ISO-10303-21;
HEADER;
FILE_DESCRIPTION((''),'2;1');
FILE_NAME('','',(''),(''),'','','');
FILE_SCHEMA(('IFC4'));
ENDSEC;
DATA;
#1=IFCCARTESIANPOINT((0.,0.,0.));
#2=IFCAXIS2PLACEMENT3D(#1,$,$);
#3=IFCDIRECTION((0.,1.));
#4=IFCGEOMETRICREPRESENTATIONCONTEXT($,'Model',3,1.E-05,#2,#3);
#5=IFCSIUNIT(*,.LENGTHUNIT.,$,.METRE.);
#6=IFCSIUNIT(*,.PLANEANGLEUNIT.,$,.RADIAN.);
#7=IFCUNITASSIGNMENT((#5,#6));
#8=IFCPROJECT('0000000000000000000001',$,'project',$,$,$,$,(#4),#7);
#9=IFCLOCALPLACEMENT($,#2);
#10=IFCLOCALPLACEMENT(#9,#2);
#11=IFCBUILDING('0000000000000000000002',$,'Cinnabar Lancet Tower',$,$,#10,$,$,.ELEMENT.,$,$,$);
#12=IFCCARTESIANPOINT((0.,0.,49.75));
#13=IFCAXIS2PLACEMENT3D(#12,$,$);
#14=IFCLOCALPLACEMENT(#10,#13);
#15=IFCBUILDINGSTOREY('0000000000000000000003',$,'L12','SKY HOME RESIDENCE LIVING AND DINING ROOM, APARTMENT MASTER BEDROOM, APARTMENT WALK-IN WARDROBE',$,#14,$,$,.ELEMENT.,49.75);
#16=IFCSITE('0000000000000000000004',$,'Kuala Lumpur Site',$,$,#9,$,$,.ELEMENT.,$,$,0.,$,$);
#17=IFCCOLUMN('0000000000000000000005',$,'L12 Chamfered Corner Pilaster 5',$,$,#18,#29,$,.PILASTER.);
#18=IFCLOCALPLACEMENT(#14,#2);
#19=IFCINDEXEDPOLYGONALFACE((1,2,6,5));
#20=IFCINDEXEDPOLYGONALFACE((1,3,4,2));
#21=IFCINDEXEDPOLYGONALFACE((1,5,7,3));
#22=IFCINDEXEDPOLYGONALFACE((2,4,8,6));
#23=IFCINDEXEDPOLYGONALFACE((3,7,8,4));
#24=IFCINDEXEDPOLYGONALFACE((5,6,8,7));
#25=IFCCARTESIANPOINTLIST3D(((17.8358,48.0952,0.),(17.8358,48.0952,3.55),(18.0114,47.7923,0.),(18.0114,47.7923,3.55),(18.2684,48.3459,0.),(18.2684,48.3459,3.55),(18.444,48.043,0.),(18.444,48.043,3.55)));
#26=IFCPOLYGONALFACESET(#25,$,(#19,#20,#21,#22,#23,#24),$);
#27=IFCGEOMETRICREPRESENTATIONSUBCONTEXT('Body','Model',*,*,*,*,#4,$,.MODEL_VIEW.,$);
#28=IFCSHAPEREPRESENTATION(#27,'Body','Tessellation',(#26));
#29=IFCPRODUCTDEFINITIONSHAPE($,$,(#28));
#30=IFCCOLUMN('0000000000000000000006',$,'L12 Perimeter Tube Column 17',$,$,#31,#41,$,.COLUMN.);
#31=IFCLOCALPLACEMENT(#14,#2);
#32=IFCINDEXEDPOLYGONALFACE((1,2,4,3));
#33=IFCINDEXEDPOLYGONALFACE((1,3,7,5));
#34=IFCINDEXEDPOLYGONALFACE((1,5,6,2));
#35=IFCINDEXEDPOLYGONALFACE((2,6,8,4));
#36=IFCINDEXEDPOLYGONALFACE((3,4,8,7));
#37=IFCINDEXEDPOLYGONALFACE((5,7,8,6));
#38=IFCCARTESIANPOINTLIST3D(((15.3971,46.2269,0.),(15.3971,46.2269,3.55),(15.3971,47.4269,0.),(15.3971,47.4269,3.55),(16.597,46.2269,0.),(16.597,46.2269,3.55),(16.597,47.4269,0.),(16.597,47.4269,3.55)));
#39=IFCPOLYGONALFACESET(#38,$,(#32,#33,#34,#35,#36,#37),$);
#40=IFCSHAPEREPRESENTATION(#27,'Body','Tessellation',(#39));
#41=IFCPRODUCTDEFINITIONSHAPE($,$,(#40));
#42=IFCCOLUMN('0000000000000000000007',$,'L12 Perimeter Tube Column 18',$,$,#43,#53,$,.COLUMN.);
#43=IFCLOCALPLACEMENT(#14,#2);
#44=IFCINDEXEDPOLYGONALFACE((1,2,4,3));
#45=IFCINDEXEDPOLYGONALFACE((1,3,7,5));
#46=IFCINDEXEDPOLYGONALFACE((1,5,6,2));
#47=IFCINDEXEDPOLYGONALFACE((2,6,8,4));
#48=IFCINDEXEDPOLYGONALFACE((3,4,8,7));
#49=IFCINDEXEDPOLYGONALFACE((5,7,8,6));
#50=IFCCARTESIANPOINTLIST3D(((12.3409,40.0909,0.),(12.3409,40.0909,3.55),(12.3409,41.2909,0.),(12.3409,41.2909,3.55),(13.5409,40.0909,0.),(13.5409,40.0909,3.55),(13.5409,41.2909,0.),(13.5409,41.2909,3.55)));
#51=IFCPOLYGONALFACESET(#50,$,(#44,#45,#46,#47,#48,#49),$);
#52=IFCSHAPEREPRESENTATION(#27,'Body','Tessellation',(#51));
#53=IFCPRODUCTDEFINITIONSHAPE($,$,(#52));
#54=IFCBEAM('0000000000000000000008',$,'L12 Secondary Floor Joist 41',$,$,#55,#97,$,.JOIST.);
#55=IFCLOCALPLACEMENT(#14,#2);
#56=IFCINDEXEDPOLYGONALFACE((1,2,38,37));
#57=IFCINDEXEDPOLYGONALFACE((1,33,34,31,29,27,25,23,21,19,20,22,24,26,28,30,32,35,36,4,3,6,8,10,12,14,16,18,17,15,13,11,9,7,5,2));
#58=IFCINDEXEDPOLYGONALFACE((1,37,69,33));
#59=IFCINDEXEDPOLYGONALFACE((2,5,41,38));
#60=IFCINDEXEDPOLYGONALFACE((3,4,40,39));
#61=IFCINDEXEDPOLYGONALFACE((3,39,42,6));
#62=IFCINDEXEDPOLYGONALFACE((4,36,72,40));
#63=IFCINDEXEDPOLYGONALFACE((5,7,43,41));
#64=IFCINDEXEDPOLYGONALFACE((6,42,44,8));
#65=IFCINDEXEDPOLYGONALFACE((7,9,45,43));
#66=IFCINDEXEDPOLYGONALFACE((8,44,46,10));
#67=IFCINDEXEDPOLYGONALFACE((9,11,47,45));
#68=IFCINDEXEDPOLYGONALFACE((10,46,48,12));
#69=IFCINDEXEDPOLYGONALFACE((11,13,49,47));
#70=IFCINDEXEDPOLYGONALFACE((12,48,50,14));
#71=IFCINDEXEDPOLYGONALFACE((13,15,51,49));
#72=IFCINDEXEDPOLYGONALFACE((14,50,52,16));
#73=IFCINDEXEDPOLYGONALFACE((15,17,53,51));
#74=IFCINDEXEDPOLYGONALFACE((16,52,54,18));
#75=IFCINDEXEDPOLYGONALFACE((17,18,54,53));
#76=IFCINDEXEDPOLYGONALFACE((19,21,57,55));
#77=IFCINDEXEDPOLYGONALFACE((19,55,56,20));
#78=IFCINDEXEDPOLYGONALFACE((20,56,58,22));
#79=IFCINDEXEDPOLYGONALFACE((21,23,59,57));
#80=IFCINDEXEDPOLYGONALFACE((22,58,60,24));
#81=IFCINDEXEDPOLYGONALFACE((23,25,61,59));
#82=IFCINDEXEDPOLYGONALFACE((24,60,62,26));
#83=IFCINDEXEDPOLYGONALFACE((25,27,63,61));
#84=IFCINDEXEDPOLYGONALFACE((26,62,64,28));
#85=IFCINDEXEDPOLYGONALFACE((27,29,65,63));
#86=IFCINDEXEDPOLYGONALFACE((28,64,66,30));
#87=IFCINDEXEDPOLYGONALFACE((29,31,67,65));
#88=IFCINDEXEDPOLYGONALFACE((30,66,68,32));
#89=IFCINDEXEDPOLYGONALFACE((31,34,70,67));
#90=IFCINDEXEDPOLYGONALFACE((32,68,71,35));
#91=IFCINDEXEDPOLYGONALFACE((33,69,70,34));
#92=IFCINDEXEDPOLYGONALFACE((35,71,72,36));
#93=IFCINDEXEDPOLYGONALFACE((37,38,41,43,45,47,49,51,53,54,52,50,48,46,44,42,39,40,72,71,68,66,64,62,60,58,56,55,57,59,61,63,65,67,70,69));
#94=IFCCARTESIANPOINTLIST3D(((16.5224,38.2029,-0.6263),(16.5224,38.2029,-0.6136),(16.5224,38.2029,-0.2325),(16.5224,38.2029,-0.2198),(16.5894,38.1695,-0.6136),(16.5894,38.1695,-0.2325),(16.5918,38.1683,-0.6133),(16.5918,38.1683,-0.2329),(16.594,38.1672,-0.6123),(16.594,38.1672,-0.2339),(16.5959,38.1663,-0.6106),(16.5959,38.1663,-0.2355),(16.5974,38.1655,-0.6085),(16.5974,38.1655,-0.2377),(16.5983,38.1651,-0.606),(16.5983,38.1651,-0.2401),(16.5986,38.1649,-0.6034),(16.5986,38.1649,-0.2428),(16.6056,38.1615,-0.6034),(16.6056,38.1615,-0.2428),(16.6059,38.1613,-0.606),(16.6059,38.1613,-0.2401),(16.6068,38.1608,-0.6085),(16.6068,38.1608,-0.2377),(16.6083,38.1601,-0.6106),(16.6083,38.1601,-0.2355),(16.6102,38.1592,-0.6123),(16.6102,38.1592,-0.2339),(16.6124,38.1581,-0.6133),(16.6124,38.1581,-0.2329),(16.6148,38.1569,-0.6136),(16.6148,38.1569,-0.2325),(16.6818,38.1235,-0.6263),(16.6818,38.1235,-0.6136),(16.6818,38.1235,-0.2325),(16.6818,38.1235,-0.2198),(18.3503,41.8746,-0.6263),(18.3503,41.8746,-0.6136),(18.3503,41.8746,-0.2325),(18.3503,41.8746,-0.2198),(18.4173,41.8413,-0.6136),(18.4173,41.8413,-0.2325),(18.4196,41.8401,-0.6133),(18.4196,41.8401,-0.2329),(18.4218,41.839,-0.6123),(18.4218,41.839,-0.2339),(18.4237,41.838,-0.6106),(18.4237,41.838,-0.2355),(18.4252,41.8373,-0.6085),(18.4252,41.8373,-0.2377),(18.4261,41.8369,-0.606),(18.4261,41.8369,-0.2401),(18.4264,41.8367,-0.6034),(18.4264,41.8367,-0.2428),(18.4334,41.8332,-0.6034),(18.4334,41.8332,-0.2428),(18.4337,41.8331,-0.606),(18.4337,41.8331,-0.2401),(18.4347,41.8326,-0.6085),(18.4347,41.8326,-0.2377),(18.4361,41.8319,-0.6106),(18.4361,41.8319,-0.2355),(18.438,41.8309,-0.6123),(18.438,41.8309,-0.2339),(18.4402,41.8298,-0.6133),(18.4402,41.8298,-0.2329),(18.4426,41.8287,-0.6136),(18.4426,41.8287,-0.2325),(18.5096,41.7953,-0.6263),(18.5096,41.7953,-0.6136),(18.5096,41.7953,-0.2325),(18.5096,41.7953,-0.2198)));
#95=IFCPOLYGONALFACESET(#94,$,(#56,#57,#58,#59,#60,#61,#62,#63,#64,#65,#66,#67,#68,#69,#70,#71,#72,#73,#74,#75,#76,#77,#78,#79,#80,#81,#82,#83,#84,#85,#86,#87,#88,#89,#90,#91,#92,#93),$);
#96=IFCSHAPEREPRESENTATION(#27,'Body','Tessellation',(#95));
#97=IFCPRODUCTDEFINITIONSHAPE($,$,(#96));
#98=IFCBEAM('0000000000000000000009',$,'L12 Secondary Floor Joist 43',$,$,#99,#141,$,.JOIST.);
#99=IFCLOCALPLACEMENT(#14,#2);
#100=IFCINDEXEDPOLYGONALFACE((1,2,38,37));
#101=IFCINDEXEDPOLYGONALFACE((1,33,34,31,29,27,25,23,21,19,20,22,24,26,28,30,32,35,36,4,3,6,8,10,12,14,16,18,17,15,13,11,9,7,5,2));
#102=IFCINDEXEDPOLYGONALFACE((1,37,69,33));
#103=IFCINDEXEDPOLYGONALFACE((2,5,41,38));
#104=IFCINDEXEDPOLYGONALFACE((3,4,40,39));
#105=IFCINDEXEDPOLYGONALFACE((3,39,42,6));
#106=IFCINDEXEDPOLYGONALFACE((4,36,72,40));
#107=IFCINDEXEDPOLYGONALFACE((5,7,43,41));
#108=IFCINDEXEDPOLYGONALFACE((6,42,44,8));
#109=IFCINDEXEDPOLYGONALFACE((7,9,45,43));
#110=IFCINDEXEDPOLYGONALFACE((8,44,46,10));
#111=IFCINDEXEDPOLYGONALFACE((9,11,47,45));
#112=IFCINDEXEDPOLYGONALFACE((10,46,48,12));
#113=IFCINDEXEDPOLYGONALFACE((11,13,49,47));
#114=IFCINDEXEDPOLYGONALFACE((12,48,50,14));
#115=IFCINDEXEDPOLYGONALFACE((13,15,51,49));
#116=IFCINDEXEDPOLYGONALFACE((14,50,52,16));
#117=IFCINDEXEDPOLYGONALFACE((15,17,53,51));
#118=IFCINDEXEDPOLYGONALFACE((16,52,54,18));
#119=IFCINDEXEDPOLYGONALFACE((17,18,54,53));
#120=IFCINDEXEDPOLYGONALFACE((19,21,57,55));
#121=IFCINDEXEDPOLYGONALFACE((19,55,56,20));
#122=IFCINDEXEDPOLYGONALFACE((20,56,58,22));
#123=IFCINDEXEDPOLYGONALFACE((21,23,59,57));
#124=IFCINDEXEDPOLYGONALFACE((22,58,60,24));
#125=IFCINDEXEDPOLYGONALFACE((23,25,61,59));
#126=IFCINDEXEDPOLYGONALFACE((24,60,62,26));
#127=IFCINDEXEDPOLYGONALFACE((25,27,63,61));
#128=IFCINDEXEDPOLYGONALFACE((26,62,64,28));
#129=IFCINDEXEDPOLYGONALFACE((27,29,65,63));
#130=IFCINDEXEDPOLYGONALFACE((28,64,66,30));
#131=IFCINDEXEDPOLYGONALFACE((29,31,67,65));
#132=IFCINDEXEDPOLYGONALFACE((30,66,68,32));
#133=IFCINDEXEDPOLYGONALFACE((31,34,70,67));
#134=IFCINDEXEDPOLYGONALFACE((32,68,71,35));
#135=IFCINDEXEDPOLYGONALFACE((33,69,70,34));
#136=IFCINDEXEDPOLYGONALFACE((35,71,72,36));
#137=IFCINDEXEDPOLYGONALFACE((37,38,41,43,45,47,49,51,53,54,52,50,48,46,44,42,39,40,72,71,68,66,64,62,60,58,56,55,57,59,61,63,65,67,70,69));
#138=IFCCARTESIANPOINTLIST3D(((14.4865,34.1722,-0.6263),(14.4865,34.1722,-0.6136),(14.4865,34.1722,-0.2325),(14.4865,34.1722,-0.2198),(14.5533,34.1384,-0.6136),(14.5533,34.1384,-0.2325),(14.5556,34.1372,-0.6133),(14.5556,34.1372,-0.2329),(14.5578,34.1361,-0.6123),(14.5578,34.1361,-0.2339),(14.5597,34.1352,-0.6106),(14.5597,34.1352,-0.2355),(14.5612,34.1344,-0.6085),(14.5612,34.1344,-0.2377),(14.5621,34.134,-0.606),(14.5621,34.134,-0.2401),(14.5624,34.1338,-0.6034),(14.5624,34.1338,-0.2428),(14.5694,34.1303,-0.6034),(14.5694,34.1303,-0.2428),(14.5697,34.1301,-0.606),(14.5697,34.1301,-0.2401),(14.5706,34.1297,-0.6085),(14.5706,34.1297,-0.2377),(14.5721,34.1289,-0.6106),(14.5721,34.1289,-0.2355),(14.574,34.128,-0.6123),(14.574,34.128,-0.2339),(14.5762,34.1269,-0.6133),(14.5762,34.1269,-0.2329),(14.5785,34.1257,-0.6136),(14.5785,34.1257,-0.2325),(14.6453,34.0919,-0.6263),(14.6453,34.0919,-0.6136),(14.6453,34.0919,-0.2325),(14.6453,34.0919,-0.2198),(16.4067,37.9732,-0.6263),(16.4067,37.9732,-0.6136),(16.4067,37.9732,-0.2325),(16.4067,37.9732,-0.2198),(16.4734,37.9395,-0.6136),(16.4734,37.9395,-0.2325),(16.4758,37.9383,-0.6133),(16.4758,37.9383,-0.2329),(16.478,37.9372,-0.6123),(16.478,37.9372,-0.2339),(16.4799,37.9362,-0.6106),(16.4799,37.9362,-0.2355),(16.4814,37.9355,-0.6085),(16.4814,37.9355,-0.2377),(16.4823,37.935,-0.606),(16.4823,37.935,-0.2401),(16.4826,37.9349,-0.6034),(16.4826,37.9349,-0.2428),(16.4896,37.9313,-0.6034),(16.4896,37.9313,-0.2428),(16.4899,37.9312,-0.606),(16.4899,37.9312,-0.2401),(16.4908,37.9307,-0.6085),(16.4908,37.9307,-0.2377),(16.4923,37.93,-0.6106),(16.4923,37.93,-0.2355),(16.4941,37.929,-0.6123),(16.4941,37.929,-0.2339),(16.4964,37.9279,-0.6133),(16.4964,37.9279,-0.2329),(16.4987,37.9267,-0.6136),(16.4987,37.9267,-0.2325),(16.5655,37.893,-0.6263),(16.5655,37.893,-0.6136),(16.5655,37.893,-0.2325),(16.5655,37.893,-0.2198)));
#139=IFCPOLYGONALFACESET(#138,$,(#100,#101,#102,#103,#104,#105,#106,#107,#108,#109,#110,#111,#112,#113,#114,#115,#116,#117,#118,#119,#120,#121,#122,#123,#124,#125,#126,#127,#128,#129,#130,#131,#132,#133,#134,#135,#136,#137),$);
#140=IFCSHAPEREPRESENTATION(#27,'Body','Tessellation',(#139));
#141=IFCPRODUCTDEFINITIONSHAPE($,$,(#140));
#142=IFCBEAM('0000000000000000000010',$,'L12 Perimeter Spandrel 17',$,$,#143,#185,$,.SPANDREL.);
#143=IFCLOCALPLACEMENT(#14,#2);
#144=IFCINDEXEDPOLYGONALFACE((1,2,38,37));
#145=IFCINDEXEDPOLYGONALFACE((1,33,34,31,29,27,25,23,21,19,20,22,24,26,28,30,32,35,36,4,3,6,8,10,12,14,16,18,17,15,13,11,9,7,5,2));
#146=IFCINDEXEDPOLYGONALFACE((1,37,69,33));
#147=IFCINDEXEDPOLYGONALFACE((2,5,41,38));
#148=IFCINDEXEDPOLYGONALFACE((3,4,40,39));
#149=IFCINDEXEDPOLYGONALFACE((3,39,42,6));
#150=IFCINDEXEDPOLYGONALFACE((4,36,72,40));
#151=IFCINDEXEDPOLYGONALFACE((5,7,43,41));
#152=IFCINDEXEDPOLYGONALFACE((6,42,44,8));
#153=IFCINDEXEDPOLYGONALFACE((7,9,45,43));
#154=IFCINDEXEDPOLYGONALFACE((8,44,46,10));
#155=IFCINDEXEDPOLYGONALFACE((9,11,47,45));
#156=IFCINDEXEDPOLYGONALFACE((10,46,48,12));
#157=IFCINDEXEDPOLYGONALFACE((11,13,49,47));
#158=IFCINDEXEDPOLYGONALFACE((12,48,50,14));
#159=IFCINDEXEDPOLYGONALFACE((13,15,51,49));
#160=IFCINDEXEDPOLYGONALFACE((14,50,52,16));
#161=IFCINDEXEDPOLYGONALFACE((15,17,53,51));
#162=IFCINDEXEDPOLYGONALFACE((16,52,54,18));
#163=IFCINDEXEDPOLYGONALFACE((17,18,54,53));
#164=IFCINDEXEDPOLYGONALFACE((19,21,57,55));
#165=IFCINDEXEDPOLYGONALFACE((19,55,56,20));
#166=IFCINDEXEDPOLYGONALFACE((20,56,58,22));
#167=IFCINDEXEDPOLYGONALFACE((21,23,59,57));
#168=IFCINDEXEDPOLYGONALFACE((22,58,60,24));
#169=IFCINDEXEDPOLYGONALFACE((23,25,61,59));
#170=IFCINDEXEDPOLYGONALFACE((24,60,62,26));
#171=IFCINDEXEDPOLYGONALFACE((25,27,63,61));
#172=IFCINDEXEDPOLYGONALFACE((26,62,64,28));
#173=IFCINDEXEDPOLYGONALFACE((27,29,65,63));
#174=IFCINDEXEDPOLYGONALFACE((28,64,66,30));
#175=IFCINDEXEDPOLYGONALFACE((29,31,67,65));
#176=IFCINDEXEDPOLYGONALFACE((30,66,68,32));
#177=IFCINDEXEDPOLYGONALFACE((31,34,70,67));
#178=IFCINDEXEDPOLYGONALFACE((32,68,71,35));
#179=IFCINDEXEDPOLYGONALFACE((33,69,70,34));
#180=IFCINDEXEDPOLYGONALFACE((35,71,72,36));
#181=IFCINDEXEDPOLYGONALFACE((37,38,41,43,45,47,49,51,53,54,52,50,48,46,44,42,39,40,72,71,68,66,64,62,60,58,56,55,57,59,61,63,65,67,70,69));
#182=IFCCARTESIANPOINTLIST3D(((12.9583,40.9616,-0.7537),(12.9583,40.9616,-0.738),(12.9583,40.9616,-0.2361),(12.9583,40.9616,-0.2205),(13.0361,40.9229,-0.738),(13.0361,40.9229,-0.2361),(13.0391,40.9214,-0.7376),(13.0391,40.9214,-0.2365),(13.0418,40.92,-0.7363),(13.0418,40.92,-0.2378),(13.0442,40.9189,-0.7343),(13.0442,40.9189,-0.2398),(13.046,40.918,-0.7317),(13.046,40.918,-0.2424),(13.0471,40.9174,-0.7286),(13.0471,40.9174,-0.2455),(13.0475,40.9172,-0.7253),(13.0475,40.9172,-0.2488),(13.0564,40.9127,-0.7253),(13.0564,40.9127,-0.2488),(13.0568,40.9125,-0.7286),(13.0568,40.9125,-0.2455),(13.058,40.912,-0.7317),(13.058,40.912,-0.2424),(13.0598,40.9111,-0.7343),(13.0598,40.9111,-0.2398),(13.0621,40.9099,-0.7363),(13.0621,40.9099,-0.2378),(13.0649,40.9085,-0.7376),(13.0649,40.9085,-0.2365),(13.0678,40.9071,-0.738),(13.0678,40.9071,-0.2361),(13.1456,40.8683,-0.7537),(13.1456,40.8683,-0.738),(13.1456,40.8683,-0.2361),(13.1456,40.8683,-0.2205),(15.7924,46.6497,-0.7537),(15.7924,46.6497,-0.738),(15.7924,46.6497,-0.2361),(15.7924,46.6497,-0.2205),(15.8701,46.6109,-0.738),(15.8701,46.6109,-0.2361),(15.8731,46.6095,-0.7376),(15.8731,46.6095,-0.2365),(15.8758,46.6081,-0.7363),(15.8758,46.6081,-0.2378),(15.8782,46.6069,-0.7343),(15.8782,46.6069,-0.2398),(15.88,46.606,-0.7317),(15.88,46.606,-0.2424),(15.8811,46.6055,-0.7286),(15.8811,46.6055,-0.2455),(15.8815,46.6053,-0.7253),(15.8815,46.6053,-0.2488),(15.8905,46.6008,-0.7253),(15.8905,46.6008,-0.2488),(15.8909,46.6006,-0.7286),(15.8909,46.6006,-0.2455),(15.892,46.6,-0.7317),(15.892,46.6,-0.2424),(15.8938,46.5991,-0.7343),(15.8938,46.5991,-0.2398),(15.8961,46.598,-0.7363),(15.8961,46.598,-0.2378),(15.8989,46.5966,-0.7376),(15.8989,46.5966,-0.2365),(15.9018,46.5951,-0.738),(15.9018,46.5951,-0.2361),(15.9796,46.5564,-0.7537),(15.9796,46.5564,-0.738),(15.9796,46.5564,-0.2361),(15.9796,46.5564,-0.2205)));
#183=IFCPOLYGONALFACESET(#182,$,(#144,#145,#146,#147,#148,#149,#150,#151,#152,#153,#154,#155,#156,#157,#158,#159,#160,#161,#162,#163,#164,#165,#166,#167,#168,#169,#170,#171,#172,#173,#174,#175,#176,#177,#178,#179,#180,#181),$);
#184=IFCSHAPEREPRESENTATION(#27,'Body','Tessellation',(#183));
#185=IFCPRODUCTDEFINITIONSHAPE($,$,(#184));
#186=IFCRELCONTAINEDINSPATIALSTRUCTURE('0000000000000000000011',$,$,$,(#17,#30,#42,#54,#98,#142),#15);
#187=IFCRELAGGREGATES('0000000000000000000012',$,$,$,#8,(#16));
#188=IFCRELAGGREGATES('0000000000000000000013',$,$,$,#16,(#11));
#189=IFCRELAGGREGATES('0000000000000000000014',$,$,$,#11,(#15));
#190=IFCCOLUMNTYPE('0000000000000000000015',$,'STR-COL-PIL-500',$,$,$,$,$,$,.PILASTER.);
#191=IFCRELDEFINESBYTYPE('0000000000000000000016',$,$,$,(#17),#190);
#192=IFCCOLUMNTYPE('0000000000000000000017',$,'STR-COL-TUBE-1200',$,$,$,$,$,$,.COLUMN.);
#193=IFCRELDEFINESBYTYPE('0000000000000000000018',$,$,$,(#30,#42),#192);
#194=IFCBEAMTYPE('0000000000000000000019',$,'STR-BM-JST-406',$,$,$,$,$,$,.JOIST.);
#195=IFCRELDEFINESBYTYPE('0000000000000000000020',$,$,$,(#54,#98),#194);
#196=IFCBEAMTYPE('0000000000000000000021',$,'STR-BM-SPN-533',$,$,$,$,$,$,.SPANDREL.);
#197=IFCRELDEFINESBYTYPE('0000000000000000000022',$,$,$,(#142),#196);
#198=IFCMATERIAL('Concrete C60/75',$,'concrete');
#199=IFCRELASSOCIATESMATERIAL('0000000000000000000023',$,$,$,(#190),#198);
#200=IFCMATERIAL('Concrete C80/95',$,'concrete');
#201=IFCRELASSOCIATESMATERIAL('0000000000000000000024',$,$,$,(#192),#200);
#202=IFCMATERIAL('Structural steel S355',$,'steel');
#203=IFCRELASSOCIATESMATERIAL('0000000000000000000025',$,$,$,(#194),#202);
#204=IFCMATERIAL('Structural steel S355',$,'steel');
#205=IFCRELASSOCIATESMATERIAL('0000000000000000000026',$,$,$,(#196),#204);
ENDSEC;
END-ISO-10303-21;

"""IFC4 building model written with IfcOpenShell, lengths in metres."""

from ifc_helpers import new_model, si_unit, direction, frame, origin, origin_2d, place, context, subcontext, project, spatial, rectangle, i_section, extrude, material, material_profile, profile_set, type_object, element, save


model = new_model("IFC4")

# Units and contexts
model_context = context("Model", 3, precision=1e-05, world=origin(), true_north=direction((0.0, 1.0)))
body_context = subcontext(model_context, "Body", "Model", "MODEL_VIEW")
ifc_project = project(units=[si_unit("LENGTHUNIT", "METRE"), si_unit("PLANEANGLEUNIT", "RADIAN")], contexts=[model_context])

# Site, building, storey
site_placement = place(None, origin())
site = spatial("IfcSite", under=ifc_project, at=site_placement, Name="Kuala Lumpur Site", CompositionType="ELEMENT", RefElevation=0.0)
building_placement = place(site_placement, origin())
building = spatial("IfcBuilding", under=site, at=building_placement, Name="Cinnabar Lancet Tower", CompositionType="ELEMENT")
storey_placement = place(building_placement, frame((0.0, 0.0, 49.75)))
storey = spatial("IfcBuildingStorey", under=building, at=storey_placement, Name="L12", Description="SKY HOME RESIDENCE LIVING AND DINING ROOM, APARTMENT MASTER BEDROOM, APARTMENT WALK-IN WARDROBE", CompositionType="ELEMENT", Elevation=49.75)

# Columns
ifc_material_1 = material(Name="Concrete C60/75", Category="concrete")
ifc_material_profile_1 = material_profile(ifc_material_1, rectangle(XDim=0.5, YDim=0.3501, at=origin_2d()), Name="RC-PIL 500x350")
ifc_profile_set_1 = profile_set([ifc_material_profile_1], Name="Concrete C60/75")
column_type_1 = type_object("IfcColumnType", Name="STR-COL-PIL-500", PredefinedType="PILASTER", material=ifc_profile_set_1)
column_placement = place(storey_placement, frame((18.1399, 48.0691, 0.0), z_axis=(0.0, 0.0, 1.0), x_axis=(-0.865195, -0.501435, 0.0)))
element("IfcColumn", 1, at=column_placement, inside=storey, type_object=column_type_1, Name="L12 Chamfered Corner Pilaster 5", PredefinedType="PILASTER", context=body_context, shape_type="SweptSolid", body=[
    extrude(rectangle(XDim=0.5, YDim=0.3501, at=origin_2d()), origin(), (0.0, 0.0, 1.0), 3.55),
])
ifc_material_2 = material(Name="Concrete C80/95", Category="concrete")
ifc_material_profile_2 = material_profile(ifc_material_2, rectangle(XDim=1.2, YDim=1.2, at=origin_2d()), Name="RC-COL 1200x1200")
ifc_profile_set_2 = profile_set([ifc_material_profile_2], Name="Concrete C80/95")
column_type_2 = type_object("IfcColumnType", Name="STR-COL-TUBE-1200", PredefinedType="COLUMN", material=ifc_profile_set_2)
for number, where, z_axis, x_axis, name in (
    (2, (15.9971, 46.8269, 0.0), (0.0, 0.0, 1.0), (1.0, 0.0, 0.0), "L12 Perimeter Tube Column 17"),
    (3, (12.9409, 40.6909, 0.0), (0.0, 0.0, 1.0), (1.0, 0.0, 0.0), "L12 Perimeter Tube Column 18"),
):
    element("IfcColumn", number, at=place(storey_placement, frame(where, z_axis=z_axis, x_axis=x_axis)), inside=storey, type_object=column_type_2, Name=name, PredefinedType="COLUMN", context=body_context, shape_type="SweptSolid", body=[
        extrude(rectangle(XDim=1.2, YDim=1.2, at=origin_2d()), origin(), (0.0, 0.0, 1.0), 3.55),
    ])

# Beams
ifc_material_3 = material(Name="Structural steel S355", Category="steel")
ifc_material_profile_3 = material_profile(ifc_material_3, i_section(OverallWidth=0.178, OverallDepth=0.4065, WebThickness=0.0078, FlangeThickness=0.0127, FilletRadius=0.0103, at=origin_2d()), Name="UKB 406x178x60")
ifc_profile_set_3 = profile_set([ifc_material_profile_3], Name="Structural steel S355")
beam_type_1 = type_object("IfcBeamType", Name="STR-BM-JST-406", PredefinedType="JOIST", material=ifc_profile_set_3)
beam_1_placement = place(storey_placement, frame((18.4299, 41.835, -0.4231), z_axis=(-0.445642, -0.895212, 0.0), x_axis=(0.895212, -0.445642, 0.0)))
element("IfcBeam", 4, at=beam_1_placement, inside=storey, type_object=beam_type_1, Name="L12 Secondary Floor Joist 41", PredefinedType="JOIST", context=body_context, shape_type="SweptSolid", body=[
    extrude(i_section(OverallWidth=0.178, OverallDepth=0.4065, WebThickness=0.0078, FlangeThickness=0.0127, FilletRadius=0.0103, at=origin_2d()), origin(), (0.0, 0.0, 1.0), 4.1016),
])
beam_2_placement = place(storey_placement, frame((16.4861, 37.9331, -0.4231), z_axis=(-0.450902, -0.892574, 0.0), x_axis=(0.892574, -0.450902, 0.0)))
element("IfcBeam", 5, at=beam_2_placement, inside=storey, type_object=beam_type_1, Name="L12 Secondary Floor Joist 43", PredefinedType="JOIST", context=body_context, shape_type="SweptSolid", body=[
    extrude(i_section(OverallWidth=0.178, OverallDepth=0.4065, WebThickness=0.0078, FlangeThickness=0.0127, FilletRadius=0.0103, at=origin_2d()), origin(), (0.0, 0.0, 1.0), 4.2585),
])
ifc_material_4 = material(Name="Structural steel S355", Category="steel")
ifc_material_profile_4 = material_profile(ifc_material_4, i_section(OverallWidth=0.2092, OverallDepth=0.5332, WebThickness=0.01, FlangeThickness=0.0156, FilletRadius=0.0127, at=origin_2d()), Name="UKB 533x210x92")
ifc_profile_set_4 = profile_set([ifc_material_profile_4], Name="Structural steel S355")
beam_type_2 = type_object("IfcBeamType", Name="STR-BM-SPN-533", PredefinedType="SPANDREL", material=ifc_profile_set_4)
beam_3_placement = place(storey_placement, frame((15.886, 46.603, -0.4871), z_axis=(-0.445953, -0.895056, 0.0), x_axis=(0.895056, -0.445953, 0.0)))
element("IfcBeam", 6, at=beam_3_placement, inside=storey, type_object=beam_type_2, Name="L12 Perimeter Spandrel 17", PredefinedType="SPANDREL", context=body_context, shape_type="SweptSolid", body=[
    extrude(i_section(OverallWidth=0.2092, OverallDepth=0.5332, WebThickness=0.01, FlangeThickness=0.0156, FilletRadius=0.0127, at=origin_2d()), origin(), (0.0, 0.0, 1.0), 6.355),
])

save(model, "model.ifc")
